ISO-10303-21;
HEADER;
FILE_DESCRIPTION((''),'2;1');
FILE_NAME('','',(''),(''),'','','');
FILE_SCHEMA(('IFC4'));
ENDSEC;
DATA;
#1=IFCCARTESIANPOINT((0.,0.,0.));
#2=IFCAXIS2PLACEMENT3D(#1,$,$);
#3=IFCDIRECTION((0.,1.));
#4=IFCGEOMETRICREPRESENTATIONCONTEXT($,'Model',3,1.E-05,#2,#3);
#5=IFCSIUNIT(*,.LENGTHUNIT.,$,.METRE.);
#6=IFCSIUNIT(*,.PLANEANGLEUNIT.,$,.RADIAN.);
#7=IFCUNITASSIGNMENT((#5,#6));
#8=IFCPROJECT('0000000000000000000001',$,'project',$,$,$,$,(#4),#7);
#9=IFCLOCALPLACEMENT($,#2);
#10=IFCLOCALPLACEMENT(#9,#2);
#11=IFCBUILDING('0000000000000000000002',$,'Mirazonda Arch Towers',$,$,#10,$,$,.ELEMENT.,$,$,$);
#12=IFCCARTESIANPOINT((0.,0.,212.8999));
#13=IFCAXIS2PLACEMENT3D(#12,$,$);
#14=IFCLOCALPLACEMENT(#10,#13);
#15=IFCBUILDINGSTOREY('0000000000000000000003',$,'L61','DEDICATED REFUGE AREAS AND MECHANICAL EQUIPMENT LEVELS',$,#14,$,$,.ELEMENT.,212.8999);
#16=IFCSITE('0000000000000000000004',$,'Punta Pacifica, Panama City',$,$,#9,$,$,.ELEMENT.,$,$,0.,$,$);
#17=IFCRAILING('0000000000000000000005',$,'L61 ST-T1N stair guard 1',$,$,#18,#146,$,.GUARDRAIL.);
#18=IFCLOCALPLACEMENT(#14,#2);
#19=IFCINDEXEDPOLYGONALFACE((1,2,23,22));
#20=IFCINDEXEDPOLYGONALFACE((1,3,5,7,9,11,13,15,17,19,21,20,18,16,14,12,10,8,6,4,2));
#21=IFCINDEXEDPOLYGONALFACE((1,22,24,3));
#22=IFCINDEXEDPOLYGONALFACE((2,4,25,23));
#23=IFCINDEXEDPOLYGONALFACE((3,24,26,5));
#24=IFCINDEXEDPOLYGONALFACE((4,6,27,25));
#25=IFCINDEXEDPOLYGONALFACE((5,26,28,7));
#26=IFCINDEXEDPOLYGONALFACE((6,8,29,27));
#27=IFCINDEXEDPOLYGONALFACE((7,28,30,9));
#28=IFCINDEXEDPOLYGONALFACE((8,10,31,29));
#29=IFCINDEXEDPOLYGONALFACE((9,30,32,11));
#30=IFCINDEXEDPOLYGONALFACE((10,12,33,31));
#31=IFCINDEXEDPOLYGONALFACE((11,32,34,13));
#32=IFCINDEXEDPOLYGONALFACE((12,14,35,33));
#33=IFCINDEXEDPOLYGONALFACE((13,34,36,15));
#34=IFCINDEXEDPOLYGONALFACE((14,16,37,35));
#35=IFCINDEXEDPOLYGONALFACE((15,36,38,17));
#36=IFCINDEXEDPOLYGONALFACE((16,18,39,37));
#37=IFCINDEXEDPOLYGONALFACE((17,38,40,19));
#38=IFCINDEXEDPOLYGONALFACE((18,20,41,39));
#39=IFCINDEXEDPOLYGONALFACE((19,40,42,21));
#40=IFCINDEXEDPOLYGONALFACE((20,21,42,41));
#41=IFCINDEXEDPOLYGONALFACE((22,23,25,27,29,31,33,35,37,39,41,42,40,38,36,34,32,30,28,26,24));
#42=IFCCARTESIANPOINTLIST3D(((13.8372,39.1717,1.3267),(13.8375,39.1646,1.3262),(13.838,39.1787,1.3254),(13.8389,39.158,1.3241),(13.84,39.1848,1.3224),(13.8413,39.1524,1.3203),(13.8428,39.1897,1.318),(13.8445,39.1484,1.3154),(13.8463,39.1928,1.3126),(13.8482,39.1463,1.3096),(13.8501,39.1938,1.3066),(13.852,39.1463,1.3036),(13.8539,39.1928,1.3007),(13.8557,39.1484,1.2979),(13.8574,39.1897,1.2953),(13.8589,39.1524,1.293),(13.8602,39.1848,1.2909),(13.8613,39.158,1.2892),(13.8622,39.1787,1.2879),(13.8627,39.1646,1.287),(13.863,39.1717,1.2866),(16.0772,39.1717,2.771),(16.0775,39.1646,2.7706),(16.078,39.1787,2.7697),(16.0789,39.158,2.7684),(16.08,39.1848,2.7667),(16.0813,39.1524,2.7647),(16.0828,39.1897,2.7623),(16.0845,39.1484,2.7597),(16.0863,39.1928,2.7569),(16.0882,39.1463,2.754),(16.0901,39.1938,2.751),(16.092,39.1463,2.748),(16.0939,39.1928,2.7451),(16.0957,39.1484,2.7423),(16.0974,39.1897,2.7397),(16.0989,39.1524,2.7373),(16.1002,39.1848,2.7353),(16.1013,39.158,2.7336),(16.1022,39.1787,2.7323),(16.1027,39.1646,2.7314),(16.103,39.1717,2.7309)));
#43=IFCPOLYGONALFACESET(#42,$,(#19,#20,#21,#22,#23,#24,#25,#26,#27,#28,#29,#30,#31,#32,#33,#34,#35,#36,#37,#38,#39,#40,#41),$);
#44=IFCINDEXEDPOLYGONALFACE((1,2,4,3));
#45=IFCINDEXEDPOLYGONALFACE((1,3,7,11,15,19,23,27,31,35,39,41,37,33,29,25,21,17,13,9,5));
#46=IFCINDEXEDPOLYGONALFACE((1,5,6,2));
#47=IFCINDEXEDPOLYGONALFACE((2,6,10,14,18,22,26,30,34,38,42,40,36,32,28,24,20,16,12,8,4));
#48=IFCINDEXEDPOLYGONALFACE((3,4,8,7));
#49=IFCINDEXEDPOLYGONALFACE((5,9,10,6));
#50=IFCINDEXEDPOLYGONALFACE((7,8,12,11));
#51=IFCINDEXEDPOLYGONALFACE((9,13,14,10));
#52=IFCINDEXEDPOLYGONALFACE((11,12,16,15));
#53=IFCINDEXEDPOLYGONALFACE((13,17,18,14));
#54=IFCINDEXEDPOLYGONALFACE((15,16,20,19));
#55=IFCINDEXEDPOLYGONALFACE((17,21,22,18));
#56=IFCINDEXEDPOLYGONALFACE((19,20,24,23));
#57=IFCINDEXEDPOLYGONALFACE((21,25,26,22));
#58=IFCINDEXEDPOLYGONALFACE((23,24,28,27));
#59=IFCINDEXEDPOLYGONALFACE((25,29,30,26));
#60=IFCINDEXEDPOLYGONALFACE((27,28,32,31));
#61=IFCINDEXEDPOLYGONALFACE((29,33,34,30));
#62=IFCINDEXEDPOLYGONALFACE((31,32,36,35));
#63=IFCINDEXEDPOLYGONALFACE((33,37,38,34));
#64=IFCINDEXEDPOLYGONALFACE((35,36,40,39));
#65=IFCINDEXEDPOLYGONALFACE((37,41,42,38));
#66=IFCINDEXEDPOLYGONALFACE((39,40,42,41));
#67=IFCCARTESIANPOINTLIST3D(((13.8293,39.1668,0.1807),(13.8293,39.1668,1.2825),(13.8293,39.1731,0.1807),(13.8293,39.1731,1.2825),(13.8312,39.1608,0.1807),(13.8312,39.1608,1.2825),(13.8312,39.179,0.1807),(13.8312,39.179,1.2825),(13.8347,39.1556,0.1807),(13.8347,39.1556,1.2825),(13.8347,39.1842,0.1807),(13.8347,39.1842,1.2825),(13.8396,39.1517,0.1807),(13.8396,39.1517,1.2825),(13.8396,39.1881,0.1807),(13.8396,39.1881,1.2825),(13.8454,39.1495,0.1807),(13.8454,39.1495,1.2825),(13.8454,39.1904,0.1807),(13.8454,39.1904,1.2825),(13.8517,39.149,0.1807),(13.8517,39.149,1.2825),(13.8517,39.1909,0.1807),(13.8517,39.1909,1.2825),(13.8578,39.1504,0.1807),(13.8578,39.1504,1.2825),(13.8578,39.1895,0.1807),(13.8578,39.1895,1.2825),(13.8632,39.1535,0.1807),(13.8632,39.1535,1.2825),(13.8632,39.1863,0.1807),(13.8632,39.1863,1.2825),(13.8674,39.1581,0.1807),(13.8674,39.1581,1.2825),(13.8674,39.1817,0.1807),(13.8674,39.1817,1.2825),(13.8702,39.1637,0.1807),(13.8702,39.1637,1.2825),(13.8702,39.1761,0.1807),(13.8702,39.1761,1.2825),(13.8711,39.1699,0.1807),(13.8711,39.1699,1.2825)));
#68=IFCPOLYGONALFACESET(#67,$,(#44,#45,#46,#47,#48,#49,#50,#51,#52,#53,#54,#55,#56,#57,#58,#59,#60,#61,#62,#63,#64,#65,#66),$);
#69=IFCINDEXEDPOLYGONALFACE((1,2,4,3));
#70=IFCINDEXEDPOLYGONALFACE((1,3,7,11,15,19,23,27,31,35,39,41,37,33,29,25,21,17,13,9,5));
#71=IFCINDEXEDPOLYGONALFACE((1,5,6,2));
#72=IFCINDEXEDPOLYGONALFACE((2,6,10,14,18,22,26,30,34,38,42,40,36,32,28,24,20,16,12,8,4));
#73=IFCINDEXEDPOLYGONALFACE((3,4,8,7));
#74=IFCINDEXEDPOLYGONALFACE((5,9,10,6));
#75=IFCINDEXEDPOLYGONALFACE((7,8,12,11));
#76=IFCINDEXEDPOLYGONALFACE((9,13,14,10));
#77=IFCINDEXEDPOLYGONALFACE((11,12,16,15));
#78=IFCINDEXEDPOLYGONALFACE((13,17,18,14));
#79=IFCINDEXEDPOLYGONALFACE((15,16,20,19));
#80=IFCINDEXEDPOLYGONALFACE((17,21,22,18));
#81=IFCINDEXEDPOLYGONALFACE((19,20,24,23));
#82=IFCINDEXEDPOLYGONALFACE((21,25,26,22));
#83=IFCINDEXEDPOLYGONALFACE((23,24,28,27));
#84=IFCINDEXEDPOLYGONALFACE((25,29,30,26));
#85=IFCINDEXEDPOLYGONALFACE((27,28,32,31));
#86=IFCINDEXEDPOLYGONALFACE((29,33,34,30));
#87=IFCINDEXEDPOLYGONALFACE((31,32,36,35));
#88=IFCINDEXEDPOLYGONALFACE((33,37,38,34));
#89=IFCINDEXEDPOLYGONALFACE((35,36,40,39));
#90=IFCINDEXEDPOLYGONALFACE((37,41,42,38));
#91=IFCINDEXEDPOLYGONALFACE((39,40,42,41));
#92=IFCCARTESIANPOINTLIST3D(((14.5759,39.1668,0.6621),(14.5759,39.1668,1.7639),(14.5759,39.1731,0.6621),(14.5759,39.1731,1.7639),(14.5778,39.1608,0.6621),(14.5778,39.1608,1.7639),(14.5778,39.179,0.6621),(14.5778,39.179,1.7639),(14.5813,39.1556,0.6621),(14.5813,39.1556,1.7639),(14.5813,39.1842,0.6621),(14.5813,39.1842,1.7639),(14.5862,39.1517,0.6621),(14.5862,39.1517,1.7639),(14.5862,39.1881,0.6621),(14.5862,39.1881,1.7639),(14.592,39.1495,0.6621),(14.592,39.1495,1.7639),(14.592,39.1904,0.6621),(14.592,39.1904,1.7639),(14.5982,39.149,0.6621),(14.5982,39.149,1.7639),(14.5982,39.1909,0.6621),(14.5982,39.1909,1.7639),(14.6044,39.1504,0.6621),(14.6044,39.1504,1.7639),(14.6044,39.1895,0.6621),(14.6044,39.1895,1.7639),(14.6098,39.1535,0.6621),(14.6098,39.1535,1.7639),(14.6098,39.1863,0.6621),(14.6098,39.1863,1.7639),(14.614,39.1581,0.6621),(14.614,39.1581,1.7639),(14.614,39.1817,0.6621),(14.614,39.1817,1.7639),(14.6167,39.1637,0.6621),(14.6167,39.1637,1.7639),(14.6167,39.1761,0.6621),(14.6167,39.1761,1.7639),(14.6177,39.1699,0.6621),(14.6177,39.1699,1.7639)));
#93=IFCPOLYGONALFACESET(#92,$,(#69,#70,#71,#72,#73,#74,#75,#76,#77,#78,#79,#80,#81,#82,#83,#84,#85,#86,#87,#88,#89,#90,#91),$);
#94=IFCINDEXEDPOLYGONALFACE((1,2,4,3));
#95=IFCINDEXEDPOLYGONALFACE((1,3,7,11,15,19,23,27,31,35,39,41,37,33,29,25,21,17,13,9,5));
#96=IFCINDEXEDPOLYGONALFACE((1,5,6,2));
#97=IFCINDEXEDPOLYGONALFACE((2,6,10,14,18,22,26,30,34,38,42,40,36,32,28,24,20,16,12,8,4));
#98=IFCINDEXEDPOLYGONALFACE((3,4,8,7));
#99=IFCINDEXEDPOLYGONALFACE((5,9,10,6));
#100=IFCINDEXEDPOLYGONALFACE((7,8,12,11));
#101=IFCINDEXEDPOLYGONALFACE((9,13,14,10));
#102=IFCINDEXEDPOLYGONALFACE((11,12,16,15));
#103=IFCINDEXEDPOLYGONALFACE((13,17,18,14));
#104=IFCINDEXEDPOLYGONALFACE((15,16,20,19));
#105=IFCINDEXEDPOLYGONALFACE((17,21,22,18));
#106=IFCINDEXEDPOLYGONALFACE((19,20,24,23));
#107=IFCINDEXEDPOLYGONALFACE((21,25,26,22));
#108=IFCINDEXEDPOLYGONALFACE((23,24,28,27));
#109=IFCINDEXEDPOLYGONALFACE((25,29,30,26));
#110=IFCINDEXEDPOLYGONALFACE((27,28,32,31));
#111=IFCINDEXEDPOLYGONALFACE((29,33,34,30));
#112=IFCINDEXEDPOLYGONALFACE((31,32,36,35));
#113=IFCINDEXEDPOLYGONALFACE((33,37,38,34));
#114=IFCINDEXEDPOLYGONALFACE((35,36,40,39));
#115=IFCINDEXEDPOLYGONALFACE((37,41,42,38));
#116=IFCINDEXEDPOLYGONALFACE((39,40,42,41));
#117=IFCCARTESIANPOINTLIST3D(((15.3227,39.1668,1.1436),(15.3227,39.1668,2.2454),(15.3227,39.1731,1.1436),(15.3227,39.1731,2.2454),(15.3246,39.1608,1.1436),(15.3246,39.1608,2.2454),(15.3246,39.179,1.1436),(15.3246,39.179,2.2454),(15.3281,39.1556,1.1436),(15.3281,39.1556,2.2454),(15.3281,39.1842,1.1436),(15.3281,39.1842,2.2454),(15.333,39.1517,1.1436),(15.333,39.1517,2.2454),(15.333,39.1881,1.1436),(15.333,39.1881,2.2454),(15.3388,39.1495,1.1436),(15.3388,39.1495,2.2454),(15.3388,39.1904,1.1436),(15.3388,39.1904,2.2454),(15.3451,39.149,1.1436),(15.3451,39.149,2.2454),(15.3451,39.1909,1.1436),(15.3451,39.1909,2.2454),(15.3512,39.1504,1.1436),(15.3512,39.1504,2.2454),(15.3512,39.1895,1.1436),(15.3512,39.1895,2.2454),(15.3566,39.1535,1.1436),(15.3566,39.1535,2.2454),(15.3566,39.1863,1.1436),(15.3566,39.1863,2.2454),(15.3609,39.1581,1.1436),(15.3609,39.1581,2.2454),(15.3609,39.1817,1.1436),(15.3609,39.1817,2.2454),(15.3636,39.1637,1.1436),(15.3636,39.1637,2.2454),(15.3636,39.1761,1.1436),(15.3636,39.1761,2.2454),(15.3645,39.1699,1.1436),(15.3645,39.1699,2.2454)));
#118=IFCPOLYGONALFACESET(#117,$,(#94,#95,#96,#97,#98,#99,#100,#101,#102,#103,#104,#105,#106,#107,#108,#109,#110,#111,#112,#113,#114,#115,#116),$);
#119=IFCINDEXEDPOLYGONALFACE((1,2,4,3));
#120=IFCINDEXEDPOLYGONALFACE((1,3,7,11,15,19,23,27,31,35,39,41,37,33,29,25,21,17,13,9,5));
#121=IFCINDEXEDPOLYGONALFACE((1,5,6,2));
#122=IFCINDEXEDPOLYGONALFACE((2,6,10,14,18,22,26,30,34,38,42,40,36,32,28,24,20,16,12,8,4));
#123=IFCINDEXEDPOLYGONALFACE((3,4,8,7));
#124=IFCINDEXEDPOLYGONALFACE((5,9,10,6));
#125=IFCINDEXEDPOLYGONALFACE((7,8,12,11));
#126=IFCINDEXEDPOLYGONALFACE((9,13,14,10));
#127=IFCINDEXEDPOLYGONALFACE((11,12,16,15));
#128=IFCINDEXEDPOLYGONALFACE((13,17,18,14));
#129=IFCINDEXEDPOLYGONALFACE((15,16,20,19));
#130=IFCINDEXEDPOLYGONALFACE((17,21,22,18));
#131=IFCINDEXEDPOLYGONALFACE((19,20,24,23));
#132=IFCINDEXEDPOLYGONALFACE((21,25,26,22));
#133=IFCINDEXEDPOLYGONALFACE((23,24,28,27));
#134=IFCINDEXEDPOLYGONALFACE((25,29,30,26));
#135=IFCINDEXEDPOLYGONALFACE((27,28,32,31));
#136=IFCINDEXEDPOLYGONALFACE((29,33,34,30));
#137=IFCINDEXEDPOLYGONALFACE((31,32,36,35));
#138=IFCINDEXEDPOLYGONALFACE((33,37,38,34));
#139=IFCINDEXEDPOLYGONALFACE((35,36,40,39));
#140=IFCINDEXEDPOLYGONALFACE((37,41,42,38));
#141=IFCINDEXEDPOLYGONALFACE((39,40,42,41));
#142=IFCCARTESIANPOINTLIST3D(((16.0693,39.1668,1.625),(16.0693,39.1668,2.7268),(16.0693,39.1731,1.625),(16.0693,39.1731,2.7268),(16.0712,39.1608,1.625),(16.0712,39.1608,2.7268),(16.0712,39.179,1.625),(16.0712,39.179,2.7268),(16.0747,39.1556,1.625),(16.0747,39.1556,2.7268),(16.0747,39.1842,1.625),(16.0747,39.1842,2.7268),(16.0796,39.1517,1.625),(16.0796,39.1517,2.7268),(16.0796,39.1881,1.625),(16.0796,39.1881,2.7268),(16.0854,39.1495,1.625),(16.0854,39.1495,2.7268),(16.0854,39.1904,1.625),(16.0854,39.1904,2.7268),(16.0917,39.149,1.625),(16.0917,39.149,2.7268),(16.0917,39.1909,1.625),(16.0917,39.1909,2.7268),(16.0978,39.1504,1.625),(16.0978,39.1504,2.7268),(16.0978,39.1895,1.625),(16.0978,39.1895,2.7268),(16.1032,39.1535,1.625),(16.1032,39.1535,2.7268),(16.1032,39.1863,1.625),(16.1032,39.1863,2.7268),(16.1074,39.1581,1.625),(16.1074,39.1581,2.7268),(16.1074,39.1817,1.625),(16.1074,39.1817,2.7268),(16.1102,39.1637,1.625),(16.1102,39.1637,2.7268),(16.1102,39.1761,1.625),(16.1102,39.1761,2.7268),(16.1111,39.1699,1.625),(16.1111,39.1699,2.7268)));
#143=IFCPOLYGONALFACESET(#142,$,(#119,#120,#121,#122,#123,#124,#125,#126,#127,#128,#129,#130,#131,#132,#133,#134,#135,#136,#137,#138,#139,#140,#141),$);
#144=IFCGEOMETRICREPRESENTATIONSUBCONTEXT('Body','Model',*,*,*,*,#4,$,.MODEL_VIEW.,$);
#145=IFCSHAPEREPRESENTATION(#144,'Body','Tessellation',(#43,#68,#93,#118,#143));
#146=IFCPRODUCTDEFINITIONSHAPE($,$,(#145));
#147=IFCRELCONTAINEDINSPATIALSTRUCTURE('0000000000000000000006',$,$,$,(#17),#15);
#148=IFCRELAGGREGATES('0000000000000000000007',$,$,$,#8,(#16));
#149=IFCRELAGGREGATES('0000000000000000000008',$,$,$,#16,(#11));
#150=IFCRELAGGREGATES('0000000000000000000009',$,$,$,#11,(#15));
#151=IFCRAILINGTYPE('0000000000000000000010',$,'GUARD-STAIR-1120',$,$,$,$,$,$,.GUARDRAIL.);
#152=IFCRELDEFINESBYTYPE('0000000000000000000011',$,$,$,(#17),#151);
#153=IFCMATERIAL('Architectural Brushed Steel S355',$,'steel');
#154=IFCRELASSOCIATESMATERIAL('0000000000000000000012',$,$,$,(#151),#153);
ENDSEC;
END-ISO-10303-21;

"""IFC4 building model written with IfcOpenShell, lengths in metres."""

from ifc_helpers import new_model, si_unit, direction, frame, origin, origin_2d, place, context, subcontext, project, spatial, circle, extrude, material, type_object, element, save


model = new_model("IFC4")

# Units and contexts
model_context = context("Model", 3, precision=1e-05, world=origin(), true_north=direction((0.0, 1.0)))
body_context = subcontext(model_context, "Body", "Model", "MODEL_VIEW")
ifc_project = project(units=[si_unit("LENGTHUNIT", "METRE"), si_unit("PLANEANGLEUNIT", "RADIAN")], contexts=[model_context])

# Site, building, storey
site_placement = place(None, origin())
site = spatial("IfcSite", under=ifc_project, at=site_placement, Name="Punta Pacifica, Panama City", CompositionType="ELEMENT", RefElevation=0.0)
building_placement = place(site_placement, origin())
building = spatial("IfcBuilding", under=site, at=building_placement, Name="Mirazonda Arch Towers", CompositionType="ELEMENT")
storey_placement = place(building_placement, frame((0.0, 0.0, 212.8999)))
storey = spatial("IfcBuildingStorey", under=building, at=storey_placement, Name="L61", Description="DEDICATED REFUGE AREAS AND MECHANICAL EQUIPMENT LEVELS", CompositionType="ELEMENT", Elevation=212.8999)

# Railing
ifc_material_1 = material(Name="Architectural Brushed Steel S355", Category="steel")
railing_type_1 = type_object("IfcRailingType", Name="GUARD-STAIR-1120", PredefinedType="GUARDRAIL", material=ifc_material_1)
railing_1_placement = place(storey_placement, frame((13.8501, 39.1699, 0.1807)))
element("IfcRailing", 1, at=railing_1_placement, inside=storey, type_object=railing_type_1, Name="L61 ST-T1N stair guard 1", PredefinedType="GUARDRAIL", context=body_context, shape_type="SweptSolid", body=[
    extrude(circle(Radius=0.0239, at=origin_2d()), frame((0.0, 0.0, 1.126), z_axis=(0.840437, 0.0, 0.54191), x_axis=(0.0, 1.0, 0.0)), (0.0, 0.0, 1.0), 2.6653),
    extrude(circle(Radius=0.021, at=origin_2d()), origin(), (0.0, 0.0, 1.0), 1.1018),
    extrude(circle(Radius=0.021, at=origin_2d()), frame((0.7466, 0.0, 0.4814)), (0.0, 0.0, 1.0), 1.1018),
    extrude(circle(Radius=0.021, at=origin_2d()), frame((1.4934, 0.0, 0.9629)), (0.0, 0.0, 1.0), 1.1018),
    extrude(circle(Radius=0.021, at=origin_2d()), frame((2.24, 0.0, 1.4443)), (0.0, 0.0, 1.0), 1.1018),
])

save(model, "model.ifc")
